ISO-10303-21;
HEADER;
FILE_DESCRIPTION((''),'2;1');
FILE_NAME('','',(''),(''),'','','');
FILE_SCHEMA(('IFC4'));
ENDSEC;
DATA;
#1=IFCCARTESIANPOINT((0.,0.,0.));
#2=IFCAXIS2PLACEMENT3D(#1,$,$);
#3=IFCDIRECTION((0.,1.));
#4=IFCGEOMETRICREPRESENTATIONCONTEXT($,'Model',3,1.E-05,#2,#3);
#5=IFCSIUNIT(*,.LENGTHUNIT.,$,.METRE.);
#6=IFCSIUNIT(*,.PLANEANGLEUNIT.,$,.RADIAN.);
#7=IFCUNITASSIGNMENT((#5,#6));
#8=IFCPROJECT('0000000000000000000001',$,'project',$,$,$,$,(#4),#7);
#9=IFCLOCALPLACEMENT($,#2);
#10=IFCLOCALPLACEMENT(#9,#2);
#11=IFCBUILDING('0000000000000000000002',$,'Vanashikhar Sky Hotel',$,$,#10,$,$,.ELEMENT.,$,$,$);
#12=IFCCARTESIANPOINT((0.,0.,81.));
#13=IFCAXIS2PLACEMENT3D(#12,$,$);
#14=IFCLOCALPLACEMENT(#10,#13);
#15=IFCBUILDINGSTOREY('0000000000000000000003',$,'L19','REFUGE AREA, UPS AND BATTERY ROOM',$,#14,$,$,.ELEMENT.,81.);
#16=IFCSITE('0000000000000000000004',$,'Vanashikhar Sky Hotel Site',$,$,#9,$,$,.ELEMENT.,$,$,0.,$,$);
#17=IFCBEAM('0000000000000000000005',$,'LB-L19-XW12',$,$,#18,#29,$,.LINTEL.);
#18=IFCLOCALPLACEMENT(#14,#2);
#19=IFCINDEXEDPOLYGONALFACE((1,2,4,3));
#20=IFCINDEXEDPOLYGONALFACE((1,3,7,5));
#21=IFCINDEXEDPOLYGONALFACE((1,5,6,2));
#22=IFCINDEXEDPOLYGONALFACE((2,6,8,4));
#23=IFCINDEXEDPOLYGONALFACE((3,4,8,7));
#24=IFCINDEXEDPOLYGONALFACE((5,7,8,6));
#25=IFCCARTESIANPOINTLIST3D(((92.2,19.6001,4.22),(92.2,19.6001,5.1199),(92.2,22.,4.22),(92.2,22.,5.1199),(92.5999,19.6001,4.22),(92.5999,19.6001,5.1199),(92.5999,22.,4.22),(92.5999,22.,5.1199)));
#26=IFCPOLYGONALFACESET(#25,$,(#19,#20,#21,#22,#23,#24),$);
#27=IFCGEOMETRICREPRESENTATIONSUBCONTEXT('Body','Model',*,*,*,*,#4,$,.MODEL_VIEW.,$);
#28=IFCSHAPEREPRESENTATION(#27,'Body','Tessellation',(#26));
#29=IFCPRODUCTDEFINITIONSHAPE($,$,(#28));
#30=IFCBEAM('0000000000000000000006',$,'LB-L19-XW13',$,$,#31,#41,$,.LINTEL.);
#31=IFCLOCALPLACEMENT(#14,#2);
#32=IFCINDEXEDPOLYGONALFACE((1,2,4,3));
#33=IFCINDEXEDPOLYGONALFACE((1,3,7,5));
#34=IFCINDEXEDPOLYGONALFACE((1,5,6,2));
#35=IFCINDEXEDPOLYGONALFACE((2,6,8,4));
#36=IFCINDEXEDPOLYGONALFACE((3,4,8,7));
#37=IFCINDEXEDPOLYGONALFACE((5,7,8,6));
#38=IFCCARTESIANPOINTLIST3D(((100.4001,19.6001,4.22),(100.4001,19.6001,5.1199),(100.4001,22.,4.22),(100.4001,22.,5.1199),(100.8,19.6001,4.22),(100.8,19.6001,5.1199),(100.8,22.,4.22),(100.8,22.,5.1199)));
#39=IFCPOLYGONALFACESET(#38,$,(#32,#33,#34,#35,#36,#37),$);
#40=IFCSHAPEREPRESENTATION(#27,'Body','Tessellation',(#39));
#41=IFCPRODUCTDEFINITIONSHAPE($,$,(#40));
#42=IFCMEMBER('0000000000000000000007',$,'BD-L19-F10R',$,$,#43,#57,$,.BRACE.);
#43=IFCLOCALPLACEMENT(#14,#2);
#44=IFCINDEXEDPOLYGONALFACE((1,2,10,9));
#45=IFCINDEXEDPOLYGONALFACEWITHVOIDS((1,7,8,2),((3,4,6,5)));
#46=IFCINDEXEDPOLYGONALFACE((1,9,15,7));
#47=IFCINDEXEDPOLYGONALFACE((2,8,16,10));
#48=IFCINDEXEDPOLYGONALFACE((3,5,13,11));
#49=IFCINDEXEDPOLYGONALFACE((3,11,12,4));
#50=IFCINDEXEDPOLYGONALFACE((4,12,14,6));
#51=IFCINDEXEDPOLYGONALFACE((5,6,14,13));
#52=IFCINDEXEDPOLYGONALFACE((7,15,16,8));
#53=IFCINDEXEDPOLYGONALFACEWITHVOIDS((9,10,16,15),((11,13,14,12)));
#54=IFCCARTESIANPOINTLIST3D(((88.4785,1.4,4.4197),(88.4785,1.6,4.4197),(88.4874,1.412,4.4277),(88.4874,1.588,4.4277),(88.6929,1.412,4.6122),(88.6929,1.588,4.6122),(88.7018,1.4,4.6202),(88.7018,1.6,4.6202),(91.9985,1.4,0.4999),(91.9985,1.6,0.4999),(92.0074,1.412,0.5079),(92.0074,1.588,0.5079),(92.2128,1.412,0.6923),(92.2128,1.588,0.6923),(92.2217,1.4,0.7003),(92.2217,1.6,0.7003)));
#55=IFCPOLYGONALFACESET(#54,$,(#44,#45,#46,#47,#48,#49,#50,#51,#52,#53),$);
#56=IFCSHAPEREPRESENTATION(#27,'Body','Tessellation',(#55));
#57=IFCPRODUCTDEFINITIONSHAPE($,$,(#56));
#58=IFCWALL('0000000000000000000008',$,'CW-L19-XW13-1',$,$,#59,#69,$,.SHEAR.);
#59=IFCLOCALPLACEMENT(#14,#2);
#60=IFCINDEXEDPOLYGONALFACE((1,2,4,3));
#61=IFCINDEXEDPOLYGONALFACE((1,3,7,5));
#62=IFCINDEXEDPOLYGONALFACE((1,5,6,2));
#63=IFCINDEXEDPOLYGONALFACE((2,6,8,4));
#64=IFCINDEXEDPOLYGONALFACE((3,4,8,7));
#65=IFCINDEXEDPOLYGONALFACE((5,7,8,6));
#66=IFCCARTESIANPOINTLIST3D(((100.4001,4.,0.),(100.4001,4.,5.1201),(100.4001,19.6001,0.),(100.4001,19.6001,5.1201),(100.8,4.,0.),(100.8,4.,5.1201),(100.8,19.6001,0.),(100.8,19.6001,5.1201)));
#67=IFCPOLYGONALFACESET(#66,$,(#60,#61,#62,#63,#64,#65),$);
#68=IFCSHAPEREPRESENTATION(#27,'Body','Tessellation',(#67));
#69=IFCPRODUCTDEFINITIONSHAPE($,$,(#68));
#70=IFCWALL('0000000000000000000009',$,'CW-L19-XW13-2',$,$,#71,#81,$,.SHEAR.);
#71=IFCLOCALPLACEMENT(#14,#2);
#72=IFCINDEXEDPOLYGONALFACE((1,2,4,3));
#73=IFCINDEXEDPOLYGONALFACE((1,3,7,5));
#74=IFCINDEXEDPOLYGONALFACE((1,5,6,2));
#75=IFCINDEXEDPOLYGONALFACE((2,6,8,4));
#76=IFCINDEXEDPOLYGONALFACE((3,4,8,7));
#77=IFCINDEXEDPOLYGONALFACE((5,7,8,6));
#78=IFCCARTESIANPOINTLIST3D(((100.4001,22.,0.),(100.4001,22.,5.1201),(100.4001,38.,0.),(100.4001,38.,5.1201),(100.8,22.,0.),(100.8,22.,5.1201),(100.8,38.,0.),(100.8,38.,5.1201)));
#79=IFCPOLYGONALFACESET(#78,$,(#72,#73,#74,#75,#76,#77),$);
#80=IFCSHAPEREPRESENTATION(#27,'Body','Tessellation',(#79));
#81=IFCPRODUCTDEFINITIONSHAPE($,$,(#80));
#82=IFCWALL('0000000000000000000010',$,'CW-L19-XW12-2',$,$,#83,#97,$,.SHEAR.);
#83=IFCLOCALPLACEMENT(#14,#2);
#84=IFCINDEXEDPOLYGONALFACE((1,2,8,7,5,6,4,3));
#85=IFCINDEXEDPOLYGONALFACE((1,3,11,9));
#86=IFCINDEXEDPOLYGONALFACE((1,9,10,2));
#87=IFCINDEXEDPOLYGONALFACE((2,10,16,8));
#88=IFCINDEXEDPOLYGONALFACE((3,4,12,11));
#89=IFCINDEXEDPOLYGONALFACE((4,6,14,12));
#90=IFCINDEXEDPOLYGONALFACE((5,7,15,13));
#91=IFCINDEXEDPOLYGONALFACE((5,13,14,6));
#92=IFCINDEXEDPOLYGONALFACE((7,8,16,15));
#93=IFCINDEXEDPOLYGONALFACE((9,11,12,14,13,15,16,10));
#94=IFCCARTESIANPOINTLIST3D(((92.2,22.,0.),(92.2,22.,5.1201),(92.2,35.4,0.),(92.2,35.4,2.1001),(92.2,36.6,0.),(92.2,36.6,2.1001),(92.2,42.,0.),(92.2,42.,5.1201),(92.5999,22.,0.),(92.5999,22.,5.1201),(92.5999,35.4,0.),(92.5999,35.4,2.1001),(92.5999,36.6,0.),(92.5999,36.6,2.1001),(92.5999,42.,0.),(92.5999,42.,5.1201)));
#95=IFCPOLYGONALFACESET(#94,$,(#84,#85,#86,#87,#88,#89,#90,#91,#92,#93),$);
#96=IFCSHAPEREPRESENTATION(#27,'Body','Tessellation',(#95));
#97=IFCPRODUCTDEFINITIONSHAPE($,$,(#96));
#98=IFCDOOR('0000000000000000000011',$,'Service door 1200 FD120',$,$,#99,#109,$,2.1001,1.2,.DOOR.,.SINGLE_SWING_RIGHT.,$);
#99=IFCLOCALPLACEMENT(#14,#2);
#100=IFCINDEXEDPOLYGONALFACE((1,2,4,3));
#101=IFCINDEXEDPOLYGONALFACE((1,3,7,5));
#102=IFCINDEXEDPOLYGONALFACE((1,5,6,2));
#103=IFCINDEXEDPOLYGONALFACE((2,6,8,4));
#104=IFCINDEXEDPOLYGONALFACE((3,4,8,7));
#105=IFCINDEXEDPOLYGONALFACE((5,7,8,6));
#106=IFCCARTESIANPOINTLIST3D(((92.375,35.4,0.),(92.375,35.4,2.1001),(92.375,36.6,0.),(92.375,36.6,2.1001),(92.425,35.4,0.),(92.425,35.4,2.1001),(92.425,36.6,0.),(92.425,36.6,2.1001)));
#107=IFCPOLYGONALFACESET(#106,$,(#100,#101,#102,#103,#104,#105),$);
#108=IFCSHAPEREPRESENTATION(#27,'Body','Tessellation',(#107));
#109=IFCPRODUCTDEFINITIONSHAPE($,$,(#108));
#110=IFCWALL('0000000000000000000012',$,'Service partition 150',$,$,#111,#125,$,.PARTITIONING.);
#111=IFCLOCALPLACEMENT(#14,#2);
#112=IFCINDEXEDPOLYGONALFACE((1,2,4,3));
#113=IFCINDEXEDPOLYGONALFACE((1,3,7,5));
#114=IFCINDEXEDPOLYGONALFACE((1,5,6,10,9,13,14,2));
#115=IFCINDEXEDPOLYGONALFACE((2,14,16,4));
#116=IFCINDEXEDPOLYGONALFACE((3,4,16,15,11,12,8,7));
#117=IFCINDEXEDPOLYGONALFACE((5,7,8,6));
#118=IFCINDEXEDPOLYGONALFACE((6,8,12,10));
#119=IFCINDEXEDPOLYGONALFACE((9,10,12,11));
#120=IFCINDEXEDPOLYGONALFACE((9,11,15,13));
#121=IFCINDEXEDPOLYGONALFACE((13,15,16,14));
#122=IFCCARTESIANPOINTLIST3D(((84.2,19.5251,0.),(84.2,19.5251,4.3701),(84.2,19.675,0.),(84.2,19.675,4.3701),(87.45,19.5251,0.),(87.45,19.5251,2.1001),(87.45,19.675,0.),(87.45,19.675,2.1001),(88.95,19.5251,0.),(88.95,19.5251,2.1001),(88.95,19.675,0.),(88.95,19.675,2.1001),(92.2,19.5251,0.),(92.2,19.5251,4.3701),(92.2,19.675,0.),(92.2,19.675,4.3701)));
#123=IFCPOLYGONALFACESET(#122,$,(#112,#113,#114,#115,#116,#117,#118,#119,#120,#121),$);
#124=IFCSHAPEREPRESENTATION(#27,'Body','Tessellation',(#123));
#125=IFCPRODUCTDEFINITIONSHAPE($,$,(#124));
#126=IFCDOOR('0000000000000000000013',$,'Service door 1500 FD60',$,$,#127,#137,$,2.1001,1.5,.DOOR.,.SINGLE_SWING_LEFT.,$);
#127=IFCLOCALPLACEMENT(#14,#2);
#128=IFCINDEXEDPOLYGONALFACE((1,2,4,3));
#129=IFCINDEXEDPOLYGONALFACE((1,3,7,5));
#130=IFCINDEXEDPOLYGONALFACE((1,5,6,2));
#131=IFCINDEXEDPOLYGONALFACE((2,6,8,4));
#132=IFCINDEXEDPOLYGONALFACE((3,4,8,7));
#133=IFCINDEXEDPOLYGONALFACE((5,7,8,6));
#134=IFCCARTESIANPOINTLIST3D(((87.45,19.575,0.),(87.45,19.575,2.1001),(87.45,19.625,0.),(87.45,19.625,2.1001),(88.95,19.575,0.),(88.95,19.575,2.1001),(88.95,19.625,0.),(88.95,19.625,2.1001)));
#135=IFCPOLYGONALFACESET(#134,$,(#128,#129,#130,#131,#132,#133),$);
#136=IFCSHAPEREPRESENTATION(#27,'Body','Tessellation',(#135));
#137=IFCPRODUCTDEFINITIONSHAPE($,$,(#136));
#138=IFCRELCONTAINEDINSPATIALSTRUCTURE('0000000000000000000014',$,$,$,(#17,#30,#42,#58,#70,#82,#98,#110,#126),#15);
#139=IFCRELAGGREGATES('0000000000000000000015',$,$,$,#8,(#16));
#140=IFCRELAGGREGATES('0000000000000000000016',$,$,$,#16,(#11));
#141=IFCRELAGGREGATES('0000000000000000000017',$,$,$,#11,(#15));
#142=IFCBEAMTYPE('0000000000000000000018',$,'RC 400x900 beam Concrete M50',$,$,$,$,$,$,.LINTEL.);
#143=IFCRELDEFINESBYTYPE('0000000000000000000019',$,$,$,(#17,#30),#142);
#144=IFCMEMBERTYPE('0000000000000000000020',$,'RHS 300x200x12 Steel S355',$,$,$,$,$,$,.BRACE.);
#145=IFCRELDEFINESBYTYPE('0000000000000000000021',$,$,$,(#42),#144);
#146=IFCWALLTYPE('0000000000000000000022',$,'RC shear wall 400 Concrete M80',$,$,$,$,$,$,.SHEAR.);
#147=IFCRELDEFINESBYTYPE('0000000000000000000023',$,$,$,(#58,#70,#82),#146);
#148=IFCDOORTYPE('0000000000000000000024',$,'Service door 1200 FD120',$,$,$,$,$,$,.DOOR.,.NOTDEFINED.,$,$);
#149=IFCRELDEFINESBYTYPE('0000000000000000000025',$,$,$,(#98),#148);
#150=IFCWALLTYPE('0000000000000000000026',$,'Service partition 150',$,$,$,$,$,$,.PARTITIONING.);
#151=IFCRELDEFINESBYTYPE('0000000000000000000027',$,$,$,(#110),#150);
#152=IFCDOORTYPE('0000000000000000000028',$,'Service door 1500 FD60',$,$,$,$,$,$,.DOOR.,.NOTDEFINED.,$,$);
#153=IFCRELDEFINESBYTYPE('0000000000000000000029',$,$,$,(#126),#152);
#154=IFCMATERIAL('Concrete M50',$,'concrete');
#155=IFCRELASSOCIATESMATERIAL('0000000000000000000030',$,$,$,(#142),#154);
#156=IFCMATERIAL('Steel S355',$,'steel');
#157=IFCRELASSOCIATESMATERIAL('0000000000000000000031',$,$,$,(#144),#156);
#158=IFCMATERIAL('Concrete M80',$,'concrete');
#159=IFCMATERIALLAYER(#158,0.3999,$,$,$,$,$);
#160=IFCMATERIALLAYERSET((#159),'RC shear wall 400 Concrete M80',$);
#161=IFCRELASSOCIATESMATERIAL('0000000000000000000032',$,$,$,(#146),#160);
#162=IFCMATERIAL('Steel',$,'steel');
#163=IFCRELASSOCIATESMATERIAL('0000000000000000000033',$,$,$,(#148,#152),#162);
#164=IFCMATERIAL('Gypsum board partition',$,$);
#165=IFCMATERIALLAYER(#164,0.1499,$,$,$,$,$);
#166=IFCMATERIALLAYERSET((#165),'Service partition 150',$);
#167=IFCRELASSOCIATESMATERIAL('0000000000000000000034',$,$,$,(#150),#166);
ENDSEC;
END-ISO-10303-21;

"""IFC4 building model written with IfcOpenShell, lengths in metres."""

from ifc_helpers import new_model, si_unit, direction, frame, frame_2d, origin, origin_2d, place, context, subcontext, project, spatial, rectangle, hollow_rectangle, extrude, source, transform, mapped, material, layer, layer_set, material_profile, profile_set, type_object, element, fill, save


model = new_model("IFC4")

# Units and contexts
model_context = context("Model", 3, precision=1e-05, world=origin(), true_north=direction((0.0, 1.0)))
body_context = subcontext(model_context, "Body", "Model", "MODEL_VIEW")
ifc_project = project(units=[si_unit("LENGTHUNIT", "METRE"), si_unit("PLANEANGLEUNIT", "RADIAN")], contexts=[model_context])

# Site, building, storey
site_placement = place(None, origin())
site = spatial("IfcSite", under=ifc_project, at=site_placement, Name="Vanashikhar Sky Hotel Site", CompositionType="ELEMENT", RefElevation=0.0)
building_placement = place(site_placement, origin())
building = spatial("IfcBuilding", under=site, at=building_placement, Name="Vanashikhar Sky Hotel", CompositionType="ELEMENT")
storey_placement = place(building_placement, frame((0.0, 0.0, 81.0)))
storey = spatial("IfcBuildingStorey", under=building, at=storey_placement, Name="L19", Description="REFUGE AREA, UPS AND BATTERY ROOM", CompositionType="ELEMENT", Elevation=81.0)

# Beams
ifc_material_1 = material(Name="Concrete M50", Category="concrete")
ifc_material_profile_1 = material_profile(ifc_material_1, rectangle(XDim=0.3999, YDim=0.8999, at=origin_2d()))
ifc_profile_set_1 = profile_set([ifc_material_profile_1], Name="RC 400x900 beam Concrete M50")
beam_type = type_object("IfcBeamType", Name="RC 400x900 beam Concrete M50", PredefinedType="LINTEL", material=ifc_profile_set_1)
shared_shape_1 = source(origin(), body_context, "Body", "SweptSolid", [
    extrude(rectangle(XDim=0.3999, YDim=0.8999, at=origin_2d()), origin(), (0.0, 0.0, 1.0), 2.3999),
])
for number, where, z_axis, x_axis, name in (
    (1, (92.3999, 19.6001, 4.6699), (0.0, 1.0, 0.0), (-1.0, 0.0, 0.0), "LB-L19-XW12"),
    (2, (100.6001, 19.6001, 4.6699), (0.0, 1.0, 0.0), (-1.0, 0.0, 0.0), "LB-L19-XW13"),
):
    element("IfcBeam", number, at=place(storey_placement, frame(where, z_axis=z_axis, x_axis=x_axis)), inside=storey, type_object=beam_type, Name=name, PredefinedType="LINTEL", context=body_context, shape_type="MappedRepresentation", body=[
        mapped(shared_shape_1, transform((0.0, 0.0, 0.0), scale=1.0)),
    ])

# Member
ifc_material_2 = material(Name="Steel S355", Category="steel")
ifc_material_profile_2 = material_profile(ifc_material_2, hollow_rectangle(XDim=0.2, YDim=0.3, WallThickness=0.012, at=origin_2d()))
ifc_profile_set_2 = profile_set([ifc_material_profile_2], Name="RHS 300x200x12 Steel S355")
member_type = type_object("IfcMemberType", Name="RHS 300x200x12 Steel S355", PredefinedType="BRACE", material=ifc_profile_set_2)
shared_shape_2 = source(origin(), body_context, "Body", "SweptSolid", [
    extrude(hollow_rectangle(XDim=0.2, YDim=0.3, WallThickness=0.012, at=origin_2d()), origin(), (0.0, 0.0, 1.0), 5.2683),
])
member_placement = place(storey_placement, frame((92.1101, 1.5, 0.6001), z_axis=(-0.668135, 0.0, 0.74404), x_axis=(0.0, -1.0, 0.0)))
element("IfcMember", 3, at=member_placement, inside=storey, type_object=member_type, Name="BD-L19-F10R", PredefinedType="BRACE", context=body_context, shape_type="MappedRepresentation", body=[
    mapped(shared_shape_2, transform((0.0, 0.0, 0.0), scale=1.0)),
])

# Walls
ifc_material_3 = material(Name="Concrete M80", Category="concrete")
ifc_layer_1 = layer(ifc_material_3, 0.3999)
ifc_layer_set_1 = layer_set([ifc_layer_1], Name="RC shear wall 400 Concrete M80")
wall_type_1 = type_object("IfcWallType", Name="RC shear wall 400 Concrete M80", PredefinedType="SHEAR", material=ifc_layer_set_1)
shared_shape_3 = source(origin(), body_context, "Body", "SweptSolid", [
    extrude(rectangle(XDim=15.6001, YDim=0.3999, at=frame_2d((7.8, 0.0))), origin(), (0.0, 0.0, 1.0), 5.1201),
])
wall_1_placement = place(storey_placement, frame((100.6001, 4.0, 0.0), z_axis=(0.0, 0.0, 1.0), x_axis=(0.0, 1.0, 0.0)))
element("IfcWall", 4, at=wall_1_placement, inside=storey, type_object=wall_type_1, Name="CW-L19-XW13-1", PredefinedType="SHEAR", context=body_context, shape_type="MappedRepresentation", body=[
    mapped(shared_shape_3, transform((0.0, 0.0, 0.0), scale=1.0)),
])
shared_shape_4 = source(origin(), body_context, "Body", "SweptSolid", [
    extrude(rectangle(XDim=16.0, YDim=0.3999, at=frame_2d((8.0, 0.0))), origin(), (0.0, 0.0, 1.0), 5.1201),
])
wall_2_placement = place(storey_placement, frame((100.6001, 22.0, 0.0), z_axis=(0.0, 0.0, 1.0), x_axis=(0.0, 1.0, 0.0)))
element("IfcWall", 5, at=wall_2_placement, inside=storey, type_object=wall_type_1, Name="CW-L19-XW13-2", PredefinedType="SHEAR", context=body_context, shape_type="MappedRepresentation", body=[
    mapped(shared_shape_4, transform((0.0, 0.0, 0.0), scale=1.0)),
])

# Walls, openings, doors
shared_shape_5 = source(origin(), body_context, "Body", "SweptSolid", [
    extrude(rectangle(XDim=20.0, YDim=0.3999, at=frame_2d((10.0, 0.0))), origin(), (0.0, 0.0, 1.0), 5.1201),
])
wall_3_placement = place(storey_placement, frame((92.3999, 22.0, 0.0), z_axis=(0.0, 0.0, 1.0), x_axis=(0.0, 1.0, 0.0)))
wall_3 = element("IfcWall", 6, at=wall_3_placement, inside=storey, type_object=wall_type_1, Name="CW-L19-XW12-2", PredefinedType="SHEAR", context=body_context, shape_type="MappedRepresentation", body=[
    mapped(shared_shape_5, transform((0.0, 0.0, 0.0), scale=1.0)),
])
shared_shape_6 = source(origin(), body_context, "Body", "SweptSolid", [
    extrude(rectangle(XDim=1.2, YDim=2.1001, at=frame_2d((0.6001, 1.05))), frame((0.0, 0.21, 0.0), z_axis=(0.0, -1.0, 0.0), x_axis=(1.0, 0.0, 0.0)), (0.0, 0.0, 1.0), 0.4199),
])
opening_1_placement = place(wall_3_placement, frame((13.3999, 0.0, 0.0)))
opening_1 = element("IfcOpeningElement", 7, at=opening_1_placement, cuts=wall_3, PredefinedType="OPENING", context=body_context, shape_type="MappedRepresentation", body=[
    mapped(shared_shape_6, transform((0.0, 0.0, 0.0), scale=1.0)),
])
ifc_material_4 = material(Name="Steel", Category="steel")
door_type_1 = type_object("IfcDoorType", Name="Service door 1200 FD120", OperationType="NOTDEFINED", PredefinedType="DOOR", material=ifc_material_4)
shared_shape_7 = source(origin(), body_context, "Body", "SweptSolid", [
    extrude(rectangle(XDim=1.2, YDim=2.1001, at=frame_2d((0.6001, 1.05))), frame((0.0, 0.0249, 0.0), z_axis=(0.0, -1.0, 0.0), x_axis=(1.0, 0.0, 0.0)), (0.0, 0.0, 1.0), 0.05),
])
door_1_placement = place(opening_1_placement, origin())
door_1 = element("IfcDoor", 8, at=door_1_placement, inside=storey, type_object=door_type_1, Name="Service door 1200 FD120", OperationType="SINGLE_SWING_RIGHT", OverallHeight=2.1001, OverallWidth=1.2, PredefinedType="DOOR", context=body_context, shape_type="MappedRepresentation", body=[
    mapped(shared_shape_7, transform((0.0, 0.0, 0.0), scale=1.0)),
])
fill(opening_1, door_1)
ifc_material_5 = material(Name="Gypsum board partition")
ifc_layer_2 = layer(ifc_material_5, 0.1499)
ifc_layer_set_2 = layer_set([ifc_layer_2], Name="Service partition 150")
wall_type_2 = type_object("IfcWallType", Name="Service partition 150", PredefinedType="PARTITIONING", material=ifc_layer_set_2)
shared_shape_8 = source(origin(), body_context, "Body", "SweptSolid", [
    extrude(rectangle(XDim=8.0, YDim=0.1499, at=frame_2d((4.0, 0.0))), origin(), (0.0, 0.0, 1.0), 4.3701),
])
wall_4_placement = place(storey_placement, frame((84.2, 19.6001, 0.0), z_axis=(0.0, 0.0, 1.0), x_axis=(1.0, 0.0, 0.0)))
wall_4 = element("IfcWall", 9, at=wall_4_placement, inside=storey, type_object=wall_type_2, Name="Service partition 150", PredefinedType="PARTITIONING", context=body_context, shape_type="MappedRepresentation", body=[
    mapped(shared_shape_8, transform((0.0, 0.0, 0.0), scale=1.0)),
])
shared_shape_9 = source(origin(), body_context, "Body", "SweptSolid", [
    extrude(rectangle(XDim=1.5, YDim=2.1001, at=frame_2d((0.75, 1.05))), frame((0.0, 0.085, 0.0), z_axis=(0.0, -1.0, 0.0), x_axis=(1.0, 0.0, 0.0)), (0.0, 0.0, 1.0), 0.1699),
])
opening_2_placement = place(wall_4_placement, frame((3.25, 0.0, 0.0)))
opening_2 = element("IfcOpeningElement", 10, at=opening_2_placement, cuts=wall_4, PredefinedType="OPENING", context=body_context, shape_type="MappedRepresentation", body=[
    mapped(shared_shape_9, transform((0.0, 0.0, 0.0), scale=1.0)),
])
door_type_2 = type_object("IfcDoorType", Name="Service door 1500 FD60", OperationType="NOTDEFINED", PredefinedType="DOOR", material=ifc_material_4)
shared_shape_10 = source(origin(), body_context, "Body", "SweptSolid", [
    extrude(rectangle(XDim=1.5, YDim=2.1001, at=frame_2d((0.75, 1.05))), frame((0.0, 0.0249, 0.0), z_axis=(0.0, -1.0, 0.0), x_axis=(1.0, 0.0, 0.0)), (0.0, 0.0, 1.0), 0.05),
])
door_2_placement = place(opening_2_placement, origin())
door_2 = element("IfcDoor", 11, at=door_2_placement, inside=storey, type_object=door_type_2, Name="Service door 1500 FD60", OperationType="SINGLE_SWING_LEFT", OverallHeight=2.1001, OverallWidth=1.5, PredefinedType="DOOR", context=body_context, shape_type="MappedRepresentation", body=[
    mapped(shared_shape_10, transform((0.0, 0.0, 0.0), scale=1.0)),
])
fill(opening_2, door_2)

save(model, "model.ifc")
